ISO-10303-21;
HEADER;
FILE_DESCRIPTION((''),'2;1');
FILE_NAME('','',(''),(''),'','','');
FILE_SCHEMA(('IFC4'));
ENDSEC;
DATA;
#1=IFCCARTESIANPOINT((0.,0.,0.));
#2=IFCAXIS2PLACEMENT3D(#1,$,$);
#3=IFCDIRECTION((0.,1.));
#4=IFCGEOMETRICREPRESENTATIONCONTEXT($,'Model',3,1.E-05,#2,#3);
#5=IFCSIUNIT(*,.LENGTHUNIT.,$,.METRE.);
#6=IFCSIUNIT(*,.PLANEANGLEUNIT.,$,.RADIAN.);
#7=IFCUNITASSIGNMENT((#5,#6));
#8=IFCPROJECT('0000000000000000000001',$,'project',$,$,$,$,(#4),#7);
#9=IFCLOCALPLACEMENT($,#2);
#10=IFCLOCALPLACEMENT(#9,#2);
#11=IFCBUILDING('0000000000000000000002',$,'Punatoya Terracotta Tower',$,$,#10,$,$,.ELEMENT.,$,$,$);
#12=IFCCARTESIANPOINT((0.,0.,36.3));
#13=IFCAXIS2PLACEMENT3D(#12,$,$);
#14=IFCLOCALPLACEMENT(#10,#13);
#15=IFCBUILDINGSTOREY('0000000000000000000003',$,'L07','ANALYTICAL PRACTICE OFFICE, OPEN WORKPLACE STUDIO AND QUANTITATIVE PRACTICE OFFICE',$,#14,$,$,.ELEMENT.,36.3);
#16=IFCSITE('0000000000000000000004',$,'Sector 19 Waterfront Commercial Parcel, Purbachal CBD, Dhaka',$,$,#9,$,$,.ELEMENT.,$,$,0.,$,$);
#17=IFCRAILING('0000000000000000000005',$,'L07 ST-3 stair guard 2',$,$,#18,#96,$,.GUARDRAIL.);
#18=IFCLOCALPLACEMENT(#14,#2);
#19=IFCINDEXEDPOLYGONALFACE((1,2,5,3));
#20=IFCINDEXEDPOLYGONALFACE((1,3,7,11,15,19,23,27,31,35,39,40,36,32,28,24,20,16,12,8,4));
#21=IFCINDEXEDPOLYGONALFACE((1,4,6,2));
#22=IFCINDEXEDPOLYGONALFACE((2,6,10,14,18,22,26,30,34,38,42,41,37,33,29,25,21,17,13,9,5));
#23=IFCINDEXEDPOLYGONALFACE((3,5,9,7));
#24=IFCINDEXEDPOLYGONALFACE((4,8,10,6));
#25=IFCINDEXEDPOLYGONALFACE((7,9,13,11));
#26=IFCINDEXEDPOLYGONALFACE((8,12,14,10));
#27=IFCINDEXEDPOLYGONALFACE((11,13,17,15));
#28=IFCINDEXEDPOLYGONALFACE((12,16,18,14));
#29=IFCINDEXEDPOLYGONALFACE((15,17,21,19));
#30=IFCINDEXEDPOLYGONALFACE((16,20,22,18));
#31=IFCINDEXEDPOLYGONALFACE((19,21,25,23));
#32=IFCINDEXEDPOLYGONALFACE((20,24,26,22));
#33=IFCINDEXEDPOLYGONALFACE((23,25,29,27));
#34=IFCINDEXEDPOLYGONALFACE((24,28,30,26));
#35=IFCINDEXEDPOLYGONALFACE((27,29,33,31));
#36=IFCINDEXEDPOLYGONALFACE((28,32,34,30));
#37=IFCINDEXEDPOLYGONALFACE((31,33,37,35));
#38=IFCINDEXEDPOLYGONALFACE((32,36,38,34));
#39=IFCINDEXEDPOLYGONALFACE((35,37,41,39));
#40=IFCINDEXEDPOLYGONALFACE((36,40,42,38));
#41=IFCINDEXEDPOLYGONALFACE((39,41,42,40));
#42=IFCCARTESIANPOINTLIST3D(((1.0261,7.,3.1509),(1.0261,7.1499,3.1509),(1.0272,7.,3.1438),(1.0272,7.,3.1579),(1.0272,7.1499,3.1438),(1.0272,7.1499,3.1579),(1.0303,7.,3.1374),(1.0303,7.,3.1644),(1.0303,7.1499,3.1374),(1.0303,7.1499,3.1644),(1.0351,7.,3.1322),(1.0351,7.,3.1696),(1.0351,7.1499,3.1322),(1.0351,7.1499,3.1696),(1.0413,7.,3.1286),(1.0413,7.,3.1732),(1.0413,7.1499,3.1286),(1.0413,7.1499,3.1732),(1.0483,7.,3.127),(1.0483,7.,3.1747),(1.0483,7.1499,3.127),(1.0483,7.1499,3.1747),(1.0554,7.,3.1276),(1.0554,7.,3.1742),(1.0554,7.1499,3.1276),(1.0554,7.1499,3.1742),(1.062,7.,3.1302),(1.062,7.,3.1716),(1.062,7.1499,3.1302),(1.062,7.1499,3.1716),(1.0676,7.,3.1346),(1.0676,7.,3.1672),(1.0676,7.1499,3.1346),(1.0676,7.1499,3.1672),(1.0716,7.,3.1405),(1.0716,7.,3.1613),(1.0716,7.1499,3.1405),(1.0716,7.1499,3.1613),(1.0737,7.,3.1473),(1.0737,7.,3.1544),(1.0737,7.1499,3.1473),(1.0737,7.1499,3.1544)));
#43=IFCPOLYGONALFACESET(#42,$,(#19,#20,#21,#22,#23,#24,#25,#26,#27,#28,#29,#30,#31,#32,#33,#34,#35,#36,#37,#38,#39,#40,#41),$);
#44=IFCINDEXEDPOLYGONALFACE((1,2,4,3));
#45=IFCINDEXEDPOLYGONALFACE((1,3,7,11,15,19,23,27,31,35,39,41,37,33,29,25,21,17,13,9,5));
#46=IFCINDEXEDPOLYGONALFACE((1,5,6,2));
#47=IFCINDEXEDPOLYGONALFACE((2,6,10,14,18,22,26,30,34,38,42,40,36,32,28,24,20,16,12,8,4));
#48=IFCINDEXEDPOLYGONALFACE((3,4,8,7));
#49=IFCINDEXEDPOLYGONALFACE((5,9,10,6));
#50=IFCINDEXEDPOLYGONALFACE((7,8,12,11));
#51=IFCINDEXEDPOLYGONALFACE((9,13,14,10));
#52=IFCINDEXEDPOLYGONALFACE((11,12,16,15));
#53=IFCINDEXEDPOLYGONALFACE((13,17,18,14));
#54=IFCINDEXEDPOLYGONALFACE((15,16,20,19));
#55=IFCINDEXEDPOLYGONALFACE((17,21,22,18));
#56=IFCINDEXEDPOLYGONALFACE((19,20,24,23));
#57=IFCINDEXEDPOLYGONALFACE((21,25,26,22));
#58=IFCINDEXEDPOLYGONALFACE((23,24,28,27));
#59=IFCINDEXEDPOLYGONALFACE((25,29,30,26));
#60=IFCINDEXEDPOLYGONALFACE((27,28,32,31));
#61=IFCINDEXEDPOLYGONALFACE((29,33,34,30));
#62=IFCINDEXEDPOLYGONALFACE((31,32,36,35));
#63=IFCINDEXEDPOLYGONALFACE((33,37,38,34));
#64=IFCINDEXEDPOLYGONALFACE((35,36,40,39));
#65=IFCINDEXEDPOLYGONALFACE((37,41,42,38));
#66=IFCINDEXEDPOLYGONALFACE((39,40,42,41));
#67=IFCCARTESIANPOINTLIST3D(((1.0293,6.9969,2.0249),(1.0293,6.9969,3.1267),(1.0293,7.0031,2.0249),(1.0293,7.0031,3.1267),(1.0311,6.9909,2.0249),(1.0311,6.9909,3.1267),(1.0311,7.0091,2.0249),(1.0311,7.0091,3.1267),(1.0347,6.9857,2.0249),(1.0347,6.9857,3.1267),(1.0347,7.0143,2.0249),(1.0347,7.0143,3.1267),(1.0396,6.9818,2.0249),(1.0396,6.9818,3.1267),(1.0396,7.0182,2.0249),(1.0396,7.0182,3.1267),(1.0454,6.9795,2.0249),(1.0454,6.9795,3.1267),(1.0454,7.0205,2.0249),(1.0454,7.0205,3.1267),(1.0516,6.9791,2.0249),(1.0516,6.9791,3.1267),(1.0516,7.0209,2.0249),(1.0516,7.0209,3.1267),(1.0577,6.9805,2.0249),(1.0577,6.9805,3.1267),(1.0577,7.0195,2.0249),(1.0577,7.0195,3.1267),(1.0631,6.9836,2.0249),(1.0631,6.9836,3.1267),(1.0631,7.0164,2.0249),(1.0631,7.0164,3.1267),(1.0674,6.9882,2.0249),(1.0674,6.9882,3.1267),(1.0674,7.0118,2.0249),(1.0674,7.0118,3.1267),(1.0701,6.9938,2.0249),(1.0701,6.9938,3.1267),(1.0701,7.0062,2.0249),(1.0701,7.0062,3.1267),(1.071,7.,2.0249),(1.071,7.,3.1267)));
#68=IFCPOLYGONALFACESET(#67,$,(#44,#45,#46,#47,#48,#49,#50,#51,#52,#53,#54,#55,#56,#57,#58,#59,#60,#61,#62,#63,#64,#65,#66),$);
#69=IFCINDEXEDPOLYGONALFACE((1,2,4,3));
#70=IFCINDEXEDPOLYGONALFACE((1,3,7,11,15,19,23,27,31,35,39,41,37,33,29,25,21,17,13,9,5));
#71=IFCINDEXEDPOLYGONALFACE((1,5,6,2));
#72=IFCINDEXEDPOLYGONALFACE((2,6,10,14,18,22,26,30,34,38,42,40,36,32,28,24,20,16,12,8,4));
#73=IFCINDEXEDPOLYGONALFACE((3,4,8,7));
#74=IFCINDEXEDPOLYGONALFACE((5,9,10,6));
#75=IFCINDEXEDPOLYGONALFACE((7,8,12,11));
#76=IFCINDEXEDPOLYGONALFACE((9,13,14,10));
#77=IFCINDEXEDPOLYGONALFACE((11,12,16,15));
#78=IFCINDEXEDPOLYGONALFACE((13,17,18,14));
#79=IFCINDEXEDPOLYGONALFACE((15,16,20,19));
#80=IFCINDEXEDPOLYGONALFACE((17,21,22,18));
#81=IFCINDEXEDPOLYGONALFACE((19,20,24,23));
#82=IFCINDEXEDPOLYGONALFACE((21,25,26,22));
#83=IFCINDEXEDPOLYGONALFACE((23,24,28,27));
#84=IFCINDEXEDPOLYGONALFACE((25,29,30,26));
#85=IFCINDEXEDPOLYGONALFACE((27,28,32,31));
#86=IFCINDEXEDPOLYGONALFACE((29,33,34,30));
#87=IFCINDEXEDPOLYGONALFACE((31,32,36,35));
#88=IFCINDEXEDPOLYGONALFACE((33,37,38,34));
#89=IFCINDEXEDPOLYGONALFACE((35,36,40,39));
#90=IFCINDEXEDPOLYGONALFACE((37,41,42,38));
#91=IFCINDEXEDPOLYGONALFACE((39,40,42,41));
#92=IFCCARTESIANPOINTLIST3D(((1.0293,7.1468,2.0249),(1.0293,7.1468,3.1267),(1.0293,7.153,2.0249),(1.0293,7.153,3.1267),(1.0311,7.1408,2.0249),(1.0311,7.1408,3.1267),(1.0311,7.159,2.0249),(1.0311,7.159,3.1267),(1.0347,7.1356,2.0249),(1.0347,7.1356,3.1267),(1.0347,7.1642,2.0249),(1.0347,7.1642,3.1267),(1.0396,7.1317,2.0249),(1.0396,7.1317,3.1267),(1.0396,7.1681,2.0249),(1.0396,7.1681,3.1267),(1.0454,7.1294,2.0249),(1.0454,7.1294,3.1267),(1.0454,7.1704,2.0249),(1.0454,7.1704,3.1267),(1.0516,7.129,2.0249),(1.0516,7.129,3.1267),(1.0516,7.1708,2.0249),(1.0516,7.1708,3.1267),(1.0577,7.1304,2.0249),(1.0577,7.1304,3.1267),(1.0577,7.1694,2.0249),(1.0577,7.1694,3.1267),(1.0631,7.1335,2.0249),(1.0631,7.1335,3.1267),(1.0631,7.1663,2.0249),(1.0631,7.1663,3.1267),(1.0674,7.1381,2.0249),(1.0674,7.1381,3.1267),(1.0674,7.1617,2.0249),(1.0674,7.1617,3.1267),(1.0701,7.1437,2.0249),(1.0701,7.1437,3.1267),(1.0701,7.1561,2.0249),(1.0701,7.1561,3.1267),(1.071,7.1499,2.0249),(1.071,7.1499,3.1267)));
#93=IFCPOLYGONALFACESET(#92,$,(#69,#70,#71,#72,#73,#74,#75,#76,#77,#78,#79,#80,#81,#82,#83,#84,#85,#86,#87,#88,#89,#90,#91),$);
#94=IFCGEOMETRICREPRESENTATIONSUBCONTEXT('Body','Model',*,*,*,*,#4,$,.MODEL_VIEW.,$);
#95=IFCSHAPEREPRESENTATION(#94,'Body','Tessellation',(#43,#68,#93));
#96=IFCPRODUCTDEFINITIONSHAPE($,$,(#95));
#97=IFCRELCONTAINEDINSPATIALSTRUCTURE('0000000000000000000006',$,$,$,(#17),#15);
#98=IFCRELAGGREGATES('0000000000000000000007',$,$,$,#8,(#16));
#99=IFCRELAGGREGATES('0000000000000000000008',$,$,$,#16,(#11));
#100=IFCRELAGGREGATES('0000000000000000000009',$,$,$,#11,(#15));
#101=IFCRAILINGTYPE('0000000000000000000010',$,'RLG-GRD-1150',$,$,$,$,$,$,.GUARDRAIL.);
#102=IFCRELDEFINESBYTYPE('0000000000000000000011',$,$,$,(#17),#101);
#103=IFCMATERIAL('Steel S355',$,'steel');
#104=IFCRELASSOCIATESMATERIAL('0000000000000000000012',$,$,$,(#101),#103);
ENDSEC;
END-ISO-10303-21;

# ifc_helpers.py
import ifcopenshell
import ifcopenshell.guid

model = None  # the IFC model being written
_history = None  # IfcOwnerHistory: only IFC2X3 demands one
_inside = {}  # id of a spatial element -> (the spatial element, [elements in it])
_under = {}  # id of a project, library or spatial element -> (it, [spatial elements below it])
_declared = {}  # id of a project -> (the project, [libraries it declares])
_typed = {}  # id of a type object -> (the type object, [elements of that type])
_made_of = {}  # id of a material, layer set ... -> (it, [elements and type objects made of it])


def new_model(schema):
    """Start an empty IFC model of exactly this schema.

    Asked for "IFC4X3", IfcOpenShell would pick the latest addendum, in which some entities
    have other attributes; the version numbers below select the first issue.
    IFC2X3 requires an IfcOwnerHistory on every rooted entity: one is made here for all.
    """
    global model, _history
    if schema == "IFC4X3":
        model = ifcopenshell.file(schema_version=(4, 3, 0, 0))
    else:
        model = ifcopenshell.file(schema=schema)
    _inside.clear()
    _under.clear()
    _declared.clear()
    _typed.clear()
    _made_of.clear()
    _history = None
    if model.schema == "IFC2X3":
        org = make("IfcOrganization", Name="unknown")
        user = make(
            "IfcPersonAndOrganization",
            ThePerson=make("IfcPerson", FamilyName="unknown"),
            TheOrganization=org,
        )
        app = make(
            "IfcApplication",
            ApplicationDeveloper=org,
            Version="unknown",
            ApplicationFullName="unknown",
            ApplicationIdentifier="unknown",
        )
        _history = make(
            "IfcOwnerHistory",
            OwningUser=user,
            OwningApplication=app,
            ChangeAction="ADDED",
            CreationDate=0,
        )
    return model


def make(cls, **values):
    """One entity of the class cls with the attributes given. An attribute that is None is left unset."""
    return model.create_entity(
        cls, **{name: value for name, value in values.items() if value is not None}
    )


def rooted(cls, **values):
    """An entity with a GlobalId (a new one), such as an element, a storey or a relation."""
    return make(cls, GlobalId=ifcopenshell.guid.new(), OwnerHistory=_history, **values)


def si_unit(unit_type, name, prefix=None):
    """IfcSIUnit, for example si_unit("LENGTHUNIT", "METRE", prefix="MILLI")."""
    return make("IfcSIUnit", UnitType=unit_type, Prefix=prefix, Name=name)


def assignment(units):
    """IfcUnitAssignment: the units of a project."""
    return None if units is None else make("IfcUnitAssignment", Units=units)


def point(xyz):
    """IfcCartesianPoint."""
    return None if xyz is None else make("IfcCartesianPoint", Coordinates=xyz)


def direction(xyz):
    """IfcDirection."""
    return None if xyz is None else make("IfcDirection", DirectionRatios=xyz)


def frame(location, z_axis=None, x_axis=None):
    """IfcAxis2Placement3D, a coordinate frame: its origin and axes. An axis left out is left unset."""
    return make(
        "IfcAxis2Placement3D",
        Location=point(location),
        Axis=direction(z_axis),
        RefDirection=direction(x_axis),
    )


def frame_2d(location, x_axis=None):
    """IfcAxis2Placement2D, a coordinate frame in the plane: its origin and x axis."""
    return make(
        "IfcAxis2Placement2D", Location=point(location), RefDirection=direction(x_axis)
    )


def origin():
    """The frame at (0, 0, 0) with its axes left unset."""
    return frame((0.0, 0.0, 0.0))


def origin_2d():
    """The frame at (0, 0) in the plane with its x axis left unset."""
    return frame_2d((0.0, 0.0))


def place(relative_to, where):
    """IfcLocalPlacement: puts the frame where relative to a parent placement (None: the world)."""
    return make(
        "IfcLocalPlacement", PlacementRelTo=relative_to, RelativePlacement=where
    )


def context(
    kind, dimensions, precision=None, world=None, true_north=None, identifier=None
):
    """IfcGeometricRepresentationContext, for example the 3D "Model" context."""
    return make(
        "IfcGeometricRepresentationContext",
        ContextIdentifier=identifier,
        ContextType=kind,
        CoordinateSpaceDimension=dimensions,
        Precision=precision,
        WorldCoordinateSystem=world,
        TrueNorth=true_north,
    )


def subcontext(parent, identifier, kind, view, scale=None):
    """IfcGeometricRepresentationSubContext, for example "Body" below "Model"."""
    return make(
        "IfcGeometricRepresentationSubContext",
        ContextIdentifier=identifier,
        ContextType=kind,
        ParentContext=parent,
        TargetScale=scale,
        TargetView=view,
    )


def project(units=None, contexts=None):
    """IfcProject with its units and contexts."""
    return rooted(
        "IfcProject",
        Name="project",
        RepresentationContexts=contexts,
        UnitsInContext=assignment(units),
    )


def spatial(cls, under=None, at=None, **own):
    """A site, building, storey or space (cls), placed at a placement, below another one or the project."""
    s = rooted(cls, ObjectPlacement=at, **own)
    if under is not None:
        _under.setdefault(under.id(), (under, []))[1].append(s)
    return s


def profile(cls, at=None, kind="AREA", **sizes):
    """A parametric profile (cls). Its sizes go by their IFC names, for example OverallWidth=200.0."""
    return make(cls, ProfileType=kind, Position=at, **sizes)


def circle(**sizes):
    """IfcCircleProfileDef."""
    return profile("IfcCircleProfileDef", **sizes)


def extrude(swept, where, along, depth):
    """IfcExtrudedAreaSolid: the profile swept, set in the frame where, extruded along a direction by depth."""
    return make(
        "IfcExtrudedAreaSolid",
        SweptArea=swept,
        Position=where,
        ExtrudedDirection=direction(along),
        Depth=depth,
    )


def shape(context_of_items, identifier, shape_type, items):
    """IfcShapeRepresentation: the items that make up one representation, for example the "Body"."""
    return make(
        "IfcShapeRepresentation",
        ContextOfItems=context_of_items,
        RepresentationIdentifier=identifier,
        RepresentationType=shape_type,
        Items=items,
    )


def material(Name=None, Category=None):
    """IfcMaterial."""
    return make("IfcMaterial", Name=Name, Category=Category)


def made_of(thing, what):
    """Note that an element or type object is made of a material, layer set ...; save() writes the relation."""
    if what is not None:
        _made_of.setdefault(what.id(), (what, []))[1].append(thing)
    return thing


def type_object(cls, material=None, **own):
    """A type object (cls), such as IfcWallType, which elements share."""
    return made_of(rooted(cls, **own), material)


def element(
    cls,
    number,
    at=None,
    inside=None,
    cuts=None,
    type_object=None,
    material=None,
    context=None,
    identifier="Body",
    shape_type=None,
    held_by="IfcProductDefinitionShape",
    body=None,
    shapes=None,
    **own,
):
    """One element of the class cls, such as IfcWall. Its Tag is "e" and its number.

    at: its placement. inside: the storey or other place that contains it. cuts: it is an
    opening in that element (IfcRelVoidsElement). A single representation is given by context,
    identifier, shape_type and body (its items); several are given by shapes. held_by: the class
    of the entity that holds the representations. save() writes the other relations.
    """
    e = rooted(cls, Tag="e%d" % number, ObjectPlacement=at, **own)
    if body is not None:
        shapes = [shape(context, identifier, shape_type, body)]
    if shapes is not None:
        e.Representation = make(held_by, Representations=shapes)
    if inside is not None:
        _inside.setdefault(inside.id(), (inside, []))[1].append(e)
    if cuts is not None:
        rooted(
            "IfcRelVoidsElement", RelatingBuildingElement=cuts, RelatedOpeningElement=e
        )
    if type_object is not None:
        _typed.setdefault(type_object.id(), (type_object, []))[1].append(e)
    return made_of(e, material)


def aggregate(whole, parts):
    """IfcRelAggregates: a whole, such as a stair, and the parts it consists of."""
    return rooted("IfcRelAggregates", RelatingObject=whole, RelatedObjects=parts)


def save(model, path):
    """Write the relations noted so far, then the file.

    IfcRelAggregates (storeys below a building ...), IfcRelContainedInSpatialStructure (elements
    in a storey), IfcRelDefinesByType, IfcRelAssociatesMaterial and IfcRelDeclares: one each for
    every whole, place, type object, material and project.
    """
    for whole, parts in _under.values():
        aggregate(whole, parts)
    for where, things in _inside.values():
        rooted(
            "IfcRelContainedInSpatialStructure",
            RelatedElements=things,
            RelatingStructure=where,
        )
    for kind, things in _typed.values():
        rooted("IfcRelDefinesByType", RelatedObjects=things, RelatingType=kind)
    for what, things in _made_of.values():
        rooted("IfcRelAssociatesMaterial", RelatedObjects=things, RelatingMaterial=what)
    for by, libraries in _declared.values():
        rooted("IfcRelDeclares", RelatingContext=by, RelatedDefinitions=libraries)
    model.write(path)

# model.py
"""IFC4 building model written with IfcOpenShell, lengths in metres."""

from ifc_helpers import new_model, si_unit, direction, frame, origin, origin_2d, place, context, subcontext, project, spatial, circle, extrude, material, type_object, element, save


model = new_model("IFC4")

# Units and contexts
model_context = context("Model", 3, precision=1e-05, world=origin(), true_north=direction((0.0, 1.0)))
body_context = subcontext(model_context, "Body", "Model", "MODEL_VIEW")
ifc_project = project(units=[si_unit("LENGTHUNIT", "METRE"), si_unit("PLANEANGLEUNIT", "RADIAN")], contexts=[model_context])

# Site, building, storey
site_placement = place(None, origin())
site = spatial("IfcSite", under=ifc_project, at=site_placement, Name="Sector 19 Waterfront Commercial Parcel, Purbachal CBD, Dhaka", CompositionType="ELEMENT", RefElevation=0.0)
building_placement = place(site_placement, origin())
building = spatial("IfcBuilding", under=site, at=building_placement, Name="Punatoya Terracotta Tower", CompositionType="ELEMENT")
storey_placement = place(building_placement, frame((0.0, 0.0, 36.3)))
storey = spatial("IfcBuildingStorey", under=building, at=storey_placement, Name="L07", Description="ANALYTICAL PRACTICE OFFICE, OPEN WORKPLACE STUDIO AND QUANTITATIVE PRACTICE OFFICE", CompositionType="ELEMENT", Elevation=36.3)

# Shared definitions
ifc_material_1 = material(Name="Steel S355", Category="steel")

# Railing
railing_type_1 = type_object("IfcRailingType", Name="RLG-GRD-1150", PredefinedType="GUARDRAIL", material=ifc_material_1)
railing_1_placement = place(storey_placement, frame((1.05, 7.0, 2.0249)))
element("IfcRailing", 1, at=railing_1_placement, inside=storey, type_object=railing_type_1, Name="L07 ST-3 stair guard 2", PredefinedType="GUARDRAIL", context=body_context, shape_type="SweptSolid", body=[
    extrude(circle(Radius=0.0239, at=origin_2d()), frame((0.0, 0.0, 1.126), z_axis=(0.0, 1.0, 0.0), x_axis=(-1.0, 0.0, 0.0)), (0.0, 0.0, 1.0), 0.1499),
    extrude(circle(Radius=0.021, at=origin_2d()), origin(), (0.0, 0.0, 1.0), 1.1018),
    extrude(circle(Radius=0.021, at=origin_2d()), frame((0.0, 0.1499, 0.0)), (0.0, 0.0, 1.0), 1.1018),
])

save(model, "model.ifc")
